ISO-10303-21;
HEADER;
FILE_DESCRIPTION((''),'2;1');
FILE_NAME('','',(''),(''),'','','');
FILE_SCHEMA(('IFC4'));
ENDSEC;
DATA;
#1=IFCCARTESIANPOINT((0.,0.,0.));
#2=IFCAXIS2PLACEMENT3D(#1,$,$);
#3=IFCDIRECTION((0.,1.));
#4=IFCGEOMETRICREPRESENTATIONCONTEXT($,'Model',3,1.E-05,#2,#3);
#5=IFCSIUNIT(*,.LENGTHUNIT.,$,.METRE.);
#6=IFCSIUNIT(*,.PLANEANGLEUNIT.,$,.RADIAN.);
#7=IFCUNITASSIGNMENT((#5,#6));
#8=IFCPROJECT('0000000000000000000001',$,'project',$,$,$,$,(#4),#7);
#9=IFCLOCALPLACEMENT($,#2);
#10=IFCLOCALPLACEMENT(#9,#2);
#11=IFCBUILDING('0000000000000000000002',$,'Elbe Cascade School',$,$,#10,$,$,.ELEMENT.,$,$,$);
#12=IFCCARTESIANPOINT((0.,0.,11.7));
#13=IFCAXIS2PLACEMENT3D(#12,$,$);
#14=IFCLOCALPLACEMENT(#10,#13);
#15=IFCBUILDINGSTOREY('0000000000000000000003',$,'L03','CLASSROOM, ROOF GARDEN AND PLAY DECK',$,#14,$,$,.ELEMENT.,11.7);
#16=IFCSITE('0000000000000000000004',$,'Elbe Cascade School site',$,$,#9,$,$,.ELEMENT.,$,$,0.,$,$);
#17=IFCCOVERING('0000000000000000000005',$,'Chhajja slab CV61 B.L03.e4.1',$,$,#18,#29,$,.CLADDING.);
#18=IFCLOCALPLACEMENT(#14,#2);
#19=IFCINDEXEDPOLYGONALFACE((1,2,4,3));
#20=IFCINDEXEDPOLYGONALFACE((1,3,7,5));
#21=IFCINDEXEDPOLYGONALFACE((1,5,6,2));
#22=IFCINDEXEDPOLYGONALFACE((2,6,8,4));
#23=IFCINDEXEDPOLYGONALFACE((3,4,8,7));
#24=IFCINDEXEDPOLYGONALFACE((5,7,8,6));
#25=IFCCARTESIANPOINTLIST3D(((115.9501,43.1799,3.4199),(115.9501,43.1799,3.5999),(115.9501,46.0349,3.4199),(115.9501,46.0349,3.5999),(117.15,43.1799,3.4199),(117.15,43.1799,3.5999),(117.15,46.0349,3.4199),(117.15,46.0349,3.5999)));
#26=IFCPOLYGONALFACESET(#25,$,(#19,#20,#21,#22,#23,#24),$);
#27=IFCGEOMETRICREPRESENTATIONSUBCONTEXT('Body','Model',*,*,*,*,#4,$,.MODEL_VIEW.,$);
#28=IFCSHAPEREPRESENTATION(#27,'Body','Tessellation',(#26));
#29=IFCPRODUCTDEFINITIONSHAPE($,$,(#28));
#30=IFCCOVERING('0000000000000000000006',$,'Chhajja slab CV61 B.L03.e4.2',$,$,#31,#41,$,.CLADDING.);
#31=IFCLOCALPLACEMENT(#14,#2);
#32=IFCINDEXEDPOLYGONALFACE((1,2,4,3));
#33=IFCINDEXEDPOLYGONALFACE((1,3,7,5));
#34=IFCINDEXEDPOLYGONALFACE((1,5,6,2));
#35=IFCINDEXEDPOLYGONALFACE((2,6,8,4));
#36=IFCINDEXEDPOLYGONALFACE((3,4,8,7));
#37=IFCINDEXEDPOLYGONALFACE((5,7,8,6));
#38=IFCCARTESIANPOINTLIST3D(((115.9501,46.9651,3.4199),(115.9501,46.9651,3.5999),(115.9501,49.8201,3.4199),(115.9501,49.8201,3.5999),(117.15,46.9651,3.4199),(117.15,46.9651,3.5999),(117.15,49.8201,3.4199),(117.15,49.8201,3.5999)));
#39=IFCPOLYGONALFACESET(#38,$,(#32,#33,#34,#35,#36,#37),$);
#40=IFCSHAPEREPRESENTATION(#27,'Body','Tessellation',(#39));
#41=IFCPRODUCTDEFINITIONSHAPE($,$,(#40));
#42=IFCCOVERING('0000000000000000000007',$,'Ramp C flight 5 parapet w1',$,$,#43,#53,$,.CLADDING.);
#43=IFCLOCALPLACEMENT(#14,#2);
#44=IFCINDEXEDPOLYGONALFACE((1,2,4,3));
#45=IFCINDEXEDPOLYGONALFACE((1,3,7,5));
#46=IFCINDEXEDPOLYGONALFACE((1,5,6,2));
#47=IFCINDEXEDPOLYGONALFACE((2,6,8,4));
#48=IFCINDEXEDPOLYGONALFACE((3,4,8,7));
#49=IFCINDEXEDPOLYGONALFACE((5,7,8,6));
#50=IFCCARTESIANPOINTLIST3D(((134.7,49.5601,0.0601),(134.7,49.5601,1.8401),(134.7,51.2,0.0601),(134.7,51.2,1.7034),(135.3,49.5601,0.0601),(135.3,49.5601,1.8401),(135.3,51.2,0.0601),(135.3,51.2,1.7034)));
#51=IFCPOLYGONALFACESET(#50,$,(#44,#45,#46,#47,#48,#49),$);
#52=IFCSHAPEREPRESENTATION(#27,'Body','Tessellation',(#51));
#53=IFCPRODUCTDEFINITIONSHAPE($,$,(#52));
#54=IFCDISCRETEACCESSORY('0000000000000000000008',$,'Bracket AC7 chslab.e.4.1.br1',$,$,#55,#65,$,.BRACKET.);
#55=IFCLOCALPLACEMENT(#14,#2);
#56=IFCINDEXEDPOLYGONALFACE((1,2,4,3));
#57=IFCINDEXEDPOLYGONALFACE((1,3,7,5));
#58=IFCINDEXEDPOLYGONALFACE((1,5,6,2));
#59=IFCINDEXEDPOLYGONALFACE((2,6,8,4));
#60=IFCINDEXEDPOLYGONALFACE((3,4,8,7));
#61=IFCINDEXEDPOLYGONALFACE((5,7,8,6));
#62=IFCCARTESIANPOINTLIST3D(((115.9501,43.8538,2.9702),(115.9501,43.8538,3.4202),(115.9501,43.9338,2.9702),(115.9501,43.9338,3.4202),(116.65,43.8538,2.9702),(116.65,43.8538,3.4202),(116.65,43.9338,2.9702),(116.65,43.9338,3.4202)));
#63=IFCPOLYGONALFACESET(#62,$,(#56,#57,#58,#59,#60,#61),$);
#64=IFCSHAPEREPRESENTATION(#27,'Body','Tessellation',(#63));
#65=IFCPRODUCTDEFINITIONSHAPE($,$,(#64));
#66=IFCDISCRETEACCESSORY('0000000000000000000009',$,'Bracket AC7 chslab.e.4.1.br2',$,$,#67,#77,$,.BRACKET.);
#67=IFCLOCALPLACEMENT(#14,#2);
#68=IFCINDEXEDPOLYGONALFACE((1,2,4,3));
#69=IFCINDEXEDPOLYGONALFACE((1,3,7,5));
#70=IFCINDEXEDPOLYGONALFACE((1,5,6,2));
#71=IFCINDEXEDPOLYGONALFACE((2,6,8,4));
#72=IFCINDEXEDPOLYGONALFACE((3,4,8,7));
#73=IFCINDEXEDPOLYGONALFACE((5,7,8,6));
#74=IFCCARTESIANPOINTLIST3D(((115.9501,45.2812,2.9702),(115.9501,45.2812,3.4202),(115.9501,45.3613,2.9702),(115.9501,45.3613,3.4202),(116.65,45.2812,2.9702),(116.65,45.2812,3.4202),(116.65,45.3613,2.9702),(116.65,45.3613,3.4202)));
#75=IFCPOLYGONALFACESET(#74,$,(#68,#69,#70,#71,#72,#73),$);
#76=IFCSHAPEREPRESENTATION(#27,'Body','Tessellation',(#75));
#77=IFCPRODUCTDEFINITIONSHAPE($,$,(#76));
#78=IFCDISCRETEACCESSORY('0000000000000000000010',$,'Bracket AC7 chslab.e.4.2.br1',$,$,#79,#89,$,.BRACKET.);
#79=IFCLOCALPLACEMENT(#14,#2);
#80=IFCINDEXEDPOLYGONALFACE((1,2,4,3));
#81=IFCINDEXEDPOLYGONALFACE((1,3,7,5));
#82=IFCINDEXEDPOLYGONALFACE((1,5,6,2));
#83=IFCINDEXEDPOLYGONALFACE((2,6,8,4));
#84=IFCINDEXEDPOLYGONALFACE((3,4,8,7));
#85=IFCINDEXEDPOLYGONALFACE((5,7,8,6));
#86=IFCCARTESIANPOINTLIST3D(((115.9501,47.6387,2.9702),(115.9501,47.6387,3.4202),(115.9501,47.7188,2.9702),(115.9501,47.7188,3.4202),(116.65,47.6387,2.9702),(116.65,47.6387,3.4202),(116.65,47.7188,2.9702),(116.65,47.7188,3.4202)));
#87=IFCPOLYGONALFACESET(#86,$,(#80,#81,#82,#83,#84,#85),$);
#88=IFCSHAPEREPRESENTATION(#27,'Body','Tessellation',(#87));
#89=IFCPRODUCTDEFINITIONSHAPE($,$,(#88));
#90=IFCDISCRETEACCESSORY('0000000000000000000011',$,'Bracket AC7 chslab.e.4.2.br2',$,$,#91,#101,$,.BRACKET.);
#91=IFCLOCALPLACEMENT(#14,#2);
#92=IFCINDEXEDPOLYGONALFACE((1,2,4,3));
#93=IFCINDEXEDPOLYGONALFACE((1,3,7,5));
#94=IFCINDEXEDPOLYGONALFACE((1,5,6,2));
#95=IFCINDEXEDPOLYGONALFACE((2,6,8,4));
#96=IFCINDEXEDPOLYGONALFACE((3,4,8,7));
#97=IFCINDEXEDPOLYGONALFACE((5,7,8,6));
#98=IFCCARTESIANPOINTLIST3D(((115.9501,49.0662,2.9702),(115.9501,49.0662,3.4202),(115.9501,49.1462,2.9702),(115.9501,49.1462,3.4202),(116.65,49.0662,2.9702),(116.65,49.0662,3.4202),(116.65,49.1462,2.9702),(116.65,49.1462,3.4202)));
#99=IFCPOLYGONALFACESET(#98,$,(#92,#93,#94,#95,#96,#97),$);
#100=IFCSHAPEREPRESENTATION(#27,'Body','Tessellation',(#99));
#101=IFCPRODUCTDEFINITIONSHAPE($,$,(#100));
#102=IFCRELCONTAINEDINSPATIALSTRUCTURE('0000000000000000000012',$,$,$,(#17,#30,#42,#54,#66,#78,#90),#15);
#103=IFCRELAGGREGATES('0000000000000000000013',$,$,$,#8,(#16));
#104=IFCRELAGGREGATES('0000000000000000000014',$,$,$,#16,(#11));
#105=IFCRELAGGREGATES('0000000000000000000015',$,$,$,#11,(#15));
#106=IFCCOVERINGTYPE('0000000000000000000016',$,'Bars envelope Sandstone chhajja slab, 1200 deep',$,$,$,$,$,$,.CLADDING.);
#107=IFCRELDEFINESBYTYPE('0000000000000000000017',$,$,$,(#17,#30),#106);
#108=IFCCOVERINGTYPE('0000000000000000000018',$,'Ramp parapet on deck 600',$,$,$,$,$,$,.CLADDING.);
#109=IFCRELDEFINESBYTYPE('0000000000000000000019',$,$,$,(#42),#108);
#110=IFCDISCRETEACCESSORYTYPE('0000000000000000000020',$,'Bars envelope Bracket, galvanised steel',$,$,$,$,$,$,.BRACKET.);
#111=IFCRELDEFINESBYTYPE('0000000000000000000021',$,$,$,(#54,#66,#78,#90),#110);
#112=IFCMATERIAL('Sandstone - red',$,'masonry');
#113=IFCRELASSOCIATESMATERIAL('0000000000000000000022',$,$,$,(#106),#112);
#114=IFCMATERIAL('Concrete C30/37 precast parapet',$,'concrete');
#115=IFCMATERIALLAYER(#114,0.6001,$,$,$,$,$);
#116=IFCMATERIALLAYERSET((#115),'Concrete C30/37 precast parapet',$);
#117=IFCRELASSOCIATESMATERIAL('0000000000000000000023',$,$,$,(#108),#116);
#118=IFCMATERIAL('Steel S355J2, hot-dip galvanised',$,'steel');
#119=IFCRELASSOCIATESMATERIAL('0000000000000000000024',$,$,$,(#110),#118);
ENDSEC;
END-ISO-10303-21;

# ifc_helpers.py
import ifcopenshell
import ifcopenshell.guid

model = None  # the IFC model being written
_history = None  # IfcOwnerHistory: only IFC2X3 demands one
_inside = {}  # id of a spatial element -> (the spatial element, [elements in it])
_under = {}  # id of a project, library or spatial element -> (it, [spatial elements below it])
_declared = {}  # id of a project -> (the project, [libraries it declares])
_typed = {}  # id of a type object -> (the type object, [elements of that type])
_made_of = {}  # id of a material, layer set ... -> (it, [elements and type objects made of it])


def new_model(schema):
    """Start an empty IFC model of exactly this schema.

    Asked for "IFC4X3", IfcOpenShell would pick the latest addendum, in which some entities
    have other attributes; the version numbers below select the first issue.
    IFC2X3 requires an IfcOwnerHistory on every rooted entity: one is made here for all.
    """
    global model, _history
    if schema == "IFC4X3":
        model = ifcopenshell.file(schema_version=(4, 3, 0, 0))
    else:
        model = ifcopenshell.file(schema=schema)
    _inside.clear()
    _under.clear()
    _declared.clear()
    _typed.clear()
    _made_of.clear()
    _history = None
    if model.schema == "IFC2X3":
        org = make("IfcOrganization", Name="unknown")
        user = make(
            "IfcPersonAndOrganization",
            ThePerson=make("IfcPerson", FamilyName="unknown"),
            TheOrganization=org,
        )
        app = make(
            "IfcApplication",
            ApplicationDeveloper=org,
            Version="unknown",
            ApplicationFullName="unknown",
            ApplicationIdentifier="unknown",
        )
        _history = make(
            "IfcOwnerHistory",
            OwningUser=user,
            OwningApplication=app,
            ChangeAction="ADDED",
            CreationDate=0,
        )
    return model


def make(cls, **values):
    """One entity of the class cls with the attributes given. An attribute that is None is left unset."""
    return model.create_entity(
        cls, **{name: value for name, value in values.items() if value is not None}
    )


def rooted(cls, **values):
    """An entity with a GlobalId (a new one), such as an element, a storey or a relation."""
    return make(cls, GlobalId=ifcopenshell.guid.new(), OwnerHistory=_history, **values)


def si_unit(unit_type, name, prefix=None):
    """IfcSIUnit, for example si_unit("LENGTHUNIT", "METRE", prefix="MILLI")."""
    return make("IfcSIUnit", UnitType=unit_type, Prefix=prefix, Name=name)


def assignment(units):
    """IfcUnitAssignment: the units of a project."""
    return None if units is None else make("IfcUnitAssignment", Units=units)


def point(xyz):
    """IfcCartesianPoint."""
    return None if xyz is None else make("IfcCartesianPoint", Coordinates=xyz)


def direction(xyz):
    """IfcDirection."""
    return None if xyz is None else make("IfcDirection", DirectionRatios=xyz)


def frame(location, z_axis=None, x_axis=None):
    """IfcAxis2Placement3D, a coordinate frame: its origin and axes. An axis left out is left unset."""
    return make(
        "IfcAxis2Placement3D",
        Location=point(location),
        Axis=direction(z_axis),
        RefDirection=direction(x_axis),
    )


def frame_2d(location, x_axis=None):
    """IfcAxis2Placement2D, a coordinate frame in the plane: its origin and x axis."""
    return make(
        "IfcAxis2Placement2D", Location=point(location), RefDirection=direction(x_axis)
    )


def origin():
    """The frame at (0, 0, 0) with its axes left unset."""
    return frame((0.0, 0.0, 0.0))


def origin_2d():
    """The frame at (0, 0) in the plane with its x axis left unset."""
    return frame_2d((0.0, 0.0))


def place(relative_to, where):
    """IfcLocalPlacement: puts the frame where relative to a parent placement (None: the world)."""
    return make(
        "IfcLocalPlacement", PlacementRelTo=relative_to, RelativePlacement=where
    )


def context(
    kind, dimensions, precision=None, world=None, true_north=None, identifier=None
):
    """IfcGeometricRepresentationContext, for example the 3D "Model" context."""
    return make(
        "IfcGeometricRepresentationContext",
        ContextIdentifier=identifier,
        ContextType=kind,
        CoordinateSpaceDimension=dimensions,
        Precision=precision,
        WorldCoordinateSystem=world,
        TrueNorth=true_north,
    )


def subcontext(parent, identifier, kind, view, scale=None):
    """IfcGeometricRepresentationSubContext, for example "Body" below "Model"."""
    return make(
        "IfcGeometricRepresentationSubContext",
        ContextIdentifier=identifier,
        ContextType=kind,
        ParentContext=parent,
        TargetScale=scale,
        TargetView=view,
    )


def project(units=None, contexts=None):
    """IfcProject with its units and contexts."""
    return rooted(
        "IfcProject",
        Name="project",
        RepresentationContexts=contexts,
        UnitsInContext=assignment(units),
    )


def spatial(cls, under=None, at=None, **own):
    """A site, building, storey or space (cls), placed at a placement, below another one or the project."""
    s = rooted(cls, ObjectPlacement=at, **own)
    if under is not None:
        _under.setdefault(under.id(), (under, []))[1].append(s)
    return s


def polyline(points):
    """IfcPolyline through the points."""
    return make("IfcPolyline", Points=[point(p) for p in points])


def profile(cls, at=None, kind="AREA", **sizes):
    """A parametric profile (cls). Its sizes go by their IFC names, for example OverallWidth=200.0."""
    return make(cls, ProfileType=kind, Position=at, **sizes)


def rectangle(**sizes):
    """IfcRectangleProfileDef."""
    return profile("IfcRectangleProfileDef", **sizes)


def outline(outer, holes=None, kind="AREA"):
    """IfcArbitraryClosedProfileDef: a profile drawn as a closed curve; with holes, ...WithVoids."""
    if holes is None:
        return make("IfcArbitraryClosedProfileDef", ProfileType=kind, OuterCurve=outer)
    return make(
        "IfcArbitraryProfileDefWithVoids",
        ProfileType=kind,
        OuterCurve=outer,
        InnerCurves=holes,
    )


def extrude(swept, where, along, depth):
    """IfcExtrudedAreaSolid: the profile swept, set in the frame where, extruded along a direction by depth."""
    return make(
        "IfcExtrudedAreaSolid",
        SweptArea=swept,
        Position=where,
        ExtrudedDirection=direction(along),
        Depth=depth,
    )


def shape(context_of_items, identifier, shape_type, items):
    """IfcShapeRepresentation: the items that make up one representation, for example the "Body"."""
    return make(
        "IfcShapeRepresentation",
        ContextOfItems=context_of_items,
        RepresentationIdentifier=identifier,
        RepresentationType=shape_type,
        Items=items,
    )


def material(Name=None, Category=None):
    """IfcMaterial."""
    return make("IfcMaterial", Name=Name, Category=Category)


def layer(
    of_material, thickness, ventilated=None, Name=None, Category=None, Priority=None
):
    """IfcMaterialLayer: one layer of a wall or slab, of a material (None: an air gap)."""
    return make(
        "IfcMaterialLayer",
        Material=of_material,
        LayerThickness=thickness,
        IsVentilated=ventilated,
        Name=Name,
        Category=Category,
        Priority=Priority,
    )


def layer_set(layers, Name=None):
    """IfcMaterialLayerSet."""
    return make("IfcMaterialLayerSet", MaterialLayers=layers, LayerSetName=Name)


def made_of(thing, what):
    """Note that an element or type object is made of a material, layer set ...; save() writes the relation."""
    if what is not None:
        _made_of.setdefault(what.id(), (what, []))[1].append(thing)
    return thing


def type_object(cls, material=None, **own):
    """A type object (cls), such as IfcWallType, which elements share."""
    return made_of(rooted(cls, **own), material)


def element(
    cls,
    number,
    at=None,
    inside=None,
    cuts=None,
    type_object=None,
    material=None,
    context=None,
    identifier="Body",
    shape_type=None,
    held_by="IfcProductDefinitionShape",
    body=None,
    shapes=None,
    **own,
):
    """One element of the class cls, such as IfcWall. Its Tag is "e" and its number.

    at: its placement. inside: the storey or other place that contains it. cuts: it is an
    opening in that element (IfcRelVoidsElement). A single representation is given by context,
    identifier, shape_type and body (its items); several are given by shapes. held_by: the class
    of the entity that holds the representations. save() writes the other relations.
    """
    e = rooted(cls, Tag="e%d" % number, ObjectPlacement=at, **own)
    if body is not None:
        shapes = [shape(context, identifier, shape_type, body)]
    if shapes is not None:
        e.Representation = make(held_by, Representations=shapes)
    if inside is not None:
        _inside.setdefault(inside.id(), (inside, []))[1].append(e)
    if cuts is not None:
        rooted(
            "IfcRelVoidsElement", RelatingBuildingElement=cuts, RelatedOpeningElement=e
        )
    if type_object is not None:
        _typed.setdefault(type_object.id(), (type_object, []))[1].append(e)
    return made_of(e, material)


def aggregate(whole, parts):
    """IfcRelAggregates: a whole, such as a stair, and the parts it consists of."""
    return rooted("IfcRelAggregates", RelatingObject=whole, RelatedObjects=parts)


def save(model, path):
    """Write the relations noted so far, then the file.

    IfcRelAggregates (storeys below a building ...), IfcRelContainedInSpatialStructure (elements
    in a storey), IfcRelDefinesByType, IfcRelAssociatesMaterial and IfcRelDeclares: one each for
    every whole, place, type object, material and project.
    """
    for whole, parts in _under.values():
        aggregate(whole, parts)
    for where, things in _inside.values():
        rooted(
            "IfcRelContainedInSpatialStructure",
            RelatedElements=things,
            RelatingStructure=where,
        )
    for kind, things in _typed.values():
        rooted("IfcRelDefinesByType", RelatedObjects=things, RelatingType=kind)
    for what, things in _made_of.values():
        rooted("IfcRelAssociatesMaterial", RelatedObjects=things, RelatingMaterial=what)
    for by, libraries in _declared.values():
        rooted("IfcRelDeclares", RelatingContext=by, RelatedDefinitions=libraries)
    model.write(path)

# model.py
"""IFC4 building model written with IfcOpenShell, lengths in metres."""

from ifc_helpers import new_model, si_unit, direction, frame, origin, origin_2d, place, context, subcontext, project, spatial, polyline, rectangle, outline, extrude, material, layer, layer_set, type_object, element, save


model = new_model("IFC4")

# Units and contexts
model_context = context("Model", 3, precision=1e-05, world=origin(), true_north=direction((0.0, 1.0)))
body_context = subcontext(model_context, "Body", "Model", "MODEL_VIEW")
ifc_project = project(units=[si_unit("LENGTHUNIT", "METRE"), si_unit("PLANEANGLEUNIT", "RADIAN")], contexts=[model_context])

# Site, building, storey
site_placement = place(None, origin())
site = spatial("IfcSite", under=ifc_project, at=site_placement, Name="Elbe Cascade School site", CompositionType="ELEMENT", RefElevation=0.0)
building_placement = place(site_placement, origin())
building = spatial("IfcBuilding", under=site, at=building_placement, Name="Elbe Cascade School", CompositionType="ELEMENT")
storey_placement = place(building_placement, frame((0.0, 0.0, 11.7)))
storey = spatial("IfcBuildingStorey", under=building, at=storey_placement, Name="L03", Description="CLASSROOM, ROOF GARDEN AND PLAY DECK", CompositionType="ELEMENT", Elevation=11.7)

# Coverings
ifc_material_1 = material(Name="Sandstone - red", Category="masonry")
covering_type_1 = type_object("IfcCoveringType", Name="Bars envelope Sandstone chhajja slab, 1200 deep", PredefinedType="CLADDING", material=ifc_material_1)
for number, where, z_axis, x_axis, name in (
    (1, (116.55, 44.6074, 3.4199), (0.0, 0.0, 1.0), (0.0, 1.0, 0.0), "Chhajja slab CV61 B.L03.e4.1"),
    (2, (116.55, 48.3926, 3.4199), (0.0, 0.0, 1.0), (0.0, 1.0, 0.0), "Chhajja slab CV61 B.L03.e4.2"),
):
    element("IfcCovering", number, at=place(storey_placement, frame(where, z_axis=z_axis, x_axis=x_axis)), inside=storey, type_object=covering_type_1, Name=name, PredefinedType="CLADDING", context=body_context, shape_type="SweptSolid", body=[
        extrude(rectangle(XDim=2.855, YDim=1.2, at=origin_2d()), origin(), (0.0, 0.0, 1.0), 0.1799),
    ])
ifc_material_2 = material(Name="Concrete C30/37 precast parapet", Category="concrete")
ifc_layer_1 = layer(ifc_material_2, 0.6001)
ifc_layer_set_1 = layer_set([ifc_layer_1], Name="Concrete C30/37 precast parapet")
covering_type_2 = type_object("IfcCoveringType", Name="Ramp parapet on deck 600", PredefinedType="CLADDING", material=ifc_layer_set_1)
covering_placement = place(storey_placement, frame((134.7, 49.5601, 0.0601), z_axis=(1.0, 0.0, 0.0), x_axis=(0.0, 1.0, 0.0)))
element("IfcCovering", 3, at=covering_placement, inside=storey, type_object=covering_type_2, Name="Ramp C flight 5 parapet w1", PredefinedType="CLADDING", context=body_context, shape_type="SweptSolid", body=[
    extrude(outline(polyline([(0.0, 0.0), (1.6399, 0.0), (1.6399, 1.6433), (0.0, 1.78), (0.0, 0.0)])), origin(), (0.0, 0.0, 1.0), 0.6001),
])

# Discrete accessories
ifc_material_3 = material(Name="Steel S355J2, hot-dip galvanised", Category="steel")
discrete_accessory_type = type_object("IfcDiscreteAccessoryType", Name="Bars envelope Bracket, galvanised steel", PredefinedType="BRACKET", material=ifc_material_3)
for number, where, z_axis, x_axis, name in (
    (4, (116.3, 43.8938, 2.9702), (0.0, 0.0, 1.0), (0.0, 1.0, 0.0), "Bracket AC7 chslab.e.4.1.br1"),
    (5, (116.3, 45.3213, 2.9702), (0.0, 0.0, 1.0), (0.0, 1.0, 0.0), "Bracket AC7 chslab.e.4.1.br2"),
    (6, (116.3, 47.6787, 2.9702), (0.0, 0.0, 1.0), (0.0, 1.0, 0.0), "Bracket AC7 chslab.e.4.2.br1"),
    (7, (116.3, 49.1062, 2.9702), (0.0, 0.0, 1.0), (0.0, 1.0, 0.0), "Bracket AC7 chslab.e.4.2.br2"),
):
    element("IfcDiscreteAccessory", number, at=place(storey_placement, frame(where, z_axis=z_axis, x_axis=x_axis)), inside=storey, type_object=discrete_accessory_type, Name=name, PredefinedType="BRACKET", context=body_context, shape_type="SweptSolid", body=[
        extrude(rectangle(XDim=0.0801, YDim=0.7, at=origin_2d()), origin(), (0.0, 0.0, 1.0), 0.45),
    ])

save(model, "model.ifc")
